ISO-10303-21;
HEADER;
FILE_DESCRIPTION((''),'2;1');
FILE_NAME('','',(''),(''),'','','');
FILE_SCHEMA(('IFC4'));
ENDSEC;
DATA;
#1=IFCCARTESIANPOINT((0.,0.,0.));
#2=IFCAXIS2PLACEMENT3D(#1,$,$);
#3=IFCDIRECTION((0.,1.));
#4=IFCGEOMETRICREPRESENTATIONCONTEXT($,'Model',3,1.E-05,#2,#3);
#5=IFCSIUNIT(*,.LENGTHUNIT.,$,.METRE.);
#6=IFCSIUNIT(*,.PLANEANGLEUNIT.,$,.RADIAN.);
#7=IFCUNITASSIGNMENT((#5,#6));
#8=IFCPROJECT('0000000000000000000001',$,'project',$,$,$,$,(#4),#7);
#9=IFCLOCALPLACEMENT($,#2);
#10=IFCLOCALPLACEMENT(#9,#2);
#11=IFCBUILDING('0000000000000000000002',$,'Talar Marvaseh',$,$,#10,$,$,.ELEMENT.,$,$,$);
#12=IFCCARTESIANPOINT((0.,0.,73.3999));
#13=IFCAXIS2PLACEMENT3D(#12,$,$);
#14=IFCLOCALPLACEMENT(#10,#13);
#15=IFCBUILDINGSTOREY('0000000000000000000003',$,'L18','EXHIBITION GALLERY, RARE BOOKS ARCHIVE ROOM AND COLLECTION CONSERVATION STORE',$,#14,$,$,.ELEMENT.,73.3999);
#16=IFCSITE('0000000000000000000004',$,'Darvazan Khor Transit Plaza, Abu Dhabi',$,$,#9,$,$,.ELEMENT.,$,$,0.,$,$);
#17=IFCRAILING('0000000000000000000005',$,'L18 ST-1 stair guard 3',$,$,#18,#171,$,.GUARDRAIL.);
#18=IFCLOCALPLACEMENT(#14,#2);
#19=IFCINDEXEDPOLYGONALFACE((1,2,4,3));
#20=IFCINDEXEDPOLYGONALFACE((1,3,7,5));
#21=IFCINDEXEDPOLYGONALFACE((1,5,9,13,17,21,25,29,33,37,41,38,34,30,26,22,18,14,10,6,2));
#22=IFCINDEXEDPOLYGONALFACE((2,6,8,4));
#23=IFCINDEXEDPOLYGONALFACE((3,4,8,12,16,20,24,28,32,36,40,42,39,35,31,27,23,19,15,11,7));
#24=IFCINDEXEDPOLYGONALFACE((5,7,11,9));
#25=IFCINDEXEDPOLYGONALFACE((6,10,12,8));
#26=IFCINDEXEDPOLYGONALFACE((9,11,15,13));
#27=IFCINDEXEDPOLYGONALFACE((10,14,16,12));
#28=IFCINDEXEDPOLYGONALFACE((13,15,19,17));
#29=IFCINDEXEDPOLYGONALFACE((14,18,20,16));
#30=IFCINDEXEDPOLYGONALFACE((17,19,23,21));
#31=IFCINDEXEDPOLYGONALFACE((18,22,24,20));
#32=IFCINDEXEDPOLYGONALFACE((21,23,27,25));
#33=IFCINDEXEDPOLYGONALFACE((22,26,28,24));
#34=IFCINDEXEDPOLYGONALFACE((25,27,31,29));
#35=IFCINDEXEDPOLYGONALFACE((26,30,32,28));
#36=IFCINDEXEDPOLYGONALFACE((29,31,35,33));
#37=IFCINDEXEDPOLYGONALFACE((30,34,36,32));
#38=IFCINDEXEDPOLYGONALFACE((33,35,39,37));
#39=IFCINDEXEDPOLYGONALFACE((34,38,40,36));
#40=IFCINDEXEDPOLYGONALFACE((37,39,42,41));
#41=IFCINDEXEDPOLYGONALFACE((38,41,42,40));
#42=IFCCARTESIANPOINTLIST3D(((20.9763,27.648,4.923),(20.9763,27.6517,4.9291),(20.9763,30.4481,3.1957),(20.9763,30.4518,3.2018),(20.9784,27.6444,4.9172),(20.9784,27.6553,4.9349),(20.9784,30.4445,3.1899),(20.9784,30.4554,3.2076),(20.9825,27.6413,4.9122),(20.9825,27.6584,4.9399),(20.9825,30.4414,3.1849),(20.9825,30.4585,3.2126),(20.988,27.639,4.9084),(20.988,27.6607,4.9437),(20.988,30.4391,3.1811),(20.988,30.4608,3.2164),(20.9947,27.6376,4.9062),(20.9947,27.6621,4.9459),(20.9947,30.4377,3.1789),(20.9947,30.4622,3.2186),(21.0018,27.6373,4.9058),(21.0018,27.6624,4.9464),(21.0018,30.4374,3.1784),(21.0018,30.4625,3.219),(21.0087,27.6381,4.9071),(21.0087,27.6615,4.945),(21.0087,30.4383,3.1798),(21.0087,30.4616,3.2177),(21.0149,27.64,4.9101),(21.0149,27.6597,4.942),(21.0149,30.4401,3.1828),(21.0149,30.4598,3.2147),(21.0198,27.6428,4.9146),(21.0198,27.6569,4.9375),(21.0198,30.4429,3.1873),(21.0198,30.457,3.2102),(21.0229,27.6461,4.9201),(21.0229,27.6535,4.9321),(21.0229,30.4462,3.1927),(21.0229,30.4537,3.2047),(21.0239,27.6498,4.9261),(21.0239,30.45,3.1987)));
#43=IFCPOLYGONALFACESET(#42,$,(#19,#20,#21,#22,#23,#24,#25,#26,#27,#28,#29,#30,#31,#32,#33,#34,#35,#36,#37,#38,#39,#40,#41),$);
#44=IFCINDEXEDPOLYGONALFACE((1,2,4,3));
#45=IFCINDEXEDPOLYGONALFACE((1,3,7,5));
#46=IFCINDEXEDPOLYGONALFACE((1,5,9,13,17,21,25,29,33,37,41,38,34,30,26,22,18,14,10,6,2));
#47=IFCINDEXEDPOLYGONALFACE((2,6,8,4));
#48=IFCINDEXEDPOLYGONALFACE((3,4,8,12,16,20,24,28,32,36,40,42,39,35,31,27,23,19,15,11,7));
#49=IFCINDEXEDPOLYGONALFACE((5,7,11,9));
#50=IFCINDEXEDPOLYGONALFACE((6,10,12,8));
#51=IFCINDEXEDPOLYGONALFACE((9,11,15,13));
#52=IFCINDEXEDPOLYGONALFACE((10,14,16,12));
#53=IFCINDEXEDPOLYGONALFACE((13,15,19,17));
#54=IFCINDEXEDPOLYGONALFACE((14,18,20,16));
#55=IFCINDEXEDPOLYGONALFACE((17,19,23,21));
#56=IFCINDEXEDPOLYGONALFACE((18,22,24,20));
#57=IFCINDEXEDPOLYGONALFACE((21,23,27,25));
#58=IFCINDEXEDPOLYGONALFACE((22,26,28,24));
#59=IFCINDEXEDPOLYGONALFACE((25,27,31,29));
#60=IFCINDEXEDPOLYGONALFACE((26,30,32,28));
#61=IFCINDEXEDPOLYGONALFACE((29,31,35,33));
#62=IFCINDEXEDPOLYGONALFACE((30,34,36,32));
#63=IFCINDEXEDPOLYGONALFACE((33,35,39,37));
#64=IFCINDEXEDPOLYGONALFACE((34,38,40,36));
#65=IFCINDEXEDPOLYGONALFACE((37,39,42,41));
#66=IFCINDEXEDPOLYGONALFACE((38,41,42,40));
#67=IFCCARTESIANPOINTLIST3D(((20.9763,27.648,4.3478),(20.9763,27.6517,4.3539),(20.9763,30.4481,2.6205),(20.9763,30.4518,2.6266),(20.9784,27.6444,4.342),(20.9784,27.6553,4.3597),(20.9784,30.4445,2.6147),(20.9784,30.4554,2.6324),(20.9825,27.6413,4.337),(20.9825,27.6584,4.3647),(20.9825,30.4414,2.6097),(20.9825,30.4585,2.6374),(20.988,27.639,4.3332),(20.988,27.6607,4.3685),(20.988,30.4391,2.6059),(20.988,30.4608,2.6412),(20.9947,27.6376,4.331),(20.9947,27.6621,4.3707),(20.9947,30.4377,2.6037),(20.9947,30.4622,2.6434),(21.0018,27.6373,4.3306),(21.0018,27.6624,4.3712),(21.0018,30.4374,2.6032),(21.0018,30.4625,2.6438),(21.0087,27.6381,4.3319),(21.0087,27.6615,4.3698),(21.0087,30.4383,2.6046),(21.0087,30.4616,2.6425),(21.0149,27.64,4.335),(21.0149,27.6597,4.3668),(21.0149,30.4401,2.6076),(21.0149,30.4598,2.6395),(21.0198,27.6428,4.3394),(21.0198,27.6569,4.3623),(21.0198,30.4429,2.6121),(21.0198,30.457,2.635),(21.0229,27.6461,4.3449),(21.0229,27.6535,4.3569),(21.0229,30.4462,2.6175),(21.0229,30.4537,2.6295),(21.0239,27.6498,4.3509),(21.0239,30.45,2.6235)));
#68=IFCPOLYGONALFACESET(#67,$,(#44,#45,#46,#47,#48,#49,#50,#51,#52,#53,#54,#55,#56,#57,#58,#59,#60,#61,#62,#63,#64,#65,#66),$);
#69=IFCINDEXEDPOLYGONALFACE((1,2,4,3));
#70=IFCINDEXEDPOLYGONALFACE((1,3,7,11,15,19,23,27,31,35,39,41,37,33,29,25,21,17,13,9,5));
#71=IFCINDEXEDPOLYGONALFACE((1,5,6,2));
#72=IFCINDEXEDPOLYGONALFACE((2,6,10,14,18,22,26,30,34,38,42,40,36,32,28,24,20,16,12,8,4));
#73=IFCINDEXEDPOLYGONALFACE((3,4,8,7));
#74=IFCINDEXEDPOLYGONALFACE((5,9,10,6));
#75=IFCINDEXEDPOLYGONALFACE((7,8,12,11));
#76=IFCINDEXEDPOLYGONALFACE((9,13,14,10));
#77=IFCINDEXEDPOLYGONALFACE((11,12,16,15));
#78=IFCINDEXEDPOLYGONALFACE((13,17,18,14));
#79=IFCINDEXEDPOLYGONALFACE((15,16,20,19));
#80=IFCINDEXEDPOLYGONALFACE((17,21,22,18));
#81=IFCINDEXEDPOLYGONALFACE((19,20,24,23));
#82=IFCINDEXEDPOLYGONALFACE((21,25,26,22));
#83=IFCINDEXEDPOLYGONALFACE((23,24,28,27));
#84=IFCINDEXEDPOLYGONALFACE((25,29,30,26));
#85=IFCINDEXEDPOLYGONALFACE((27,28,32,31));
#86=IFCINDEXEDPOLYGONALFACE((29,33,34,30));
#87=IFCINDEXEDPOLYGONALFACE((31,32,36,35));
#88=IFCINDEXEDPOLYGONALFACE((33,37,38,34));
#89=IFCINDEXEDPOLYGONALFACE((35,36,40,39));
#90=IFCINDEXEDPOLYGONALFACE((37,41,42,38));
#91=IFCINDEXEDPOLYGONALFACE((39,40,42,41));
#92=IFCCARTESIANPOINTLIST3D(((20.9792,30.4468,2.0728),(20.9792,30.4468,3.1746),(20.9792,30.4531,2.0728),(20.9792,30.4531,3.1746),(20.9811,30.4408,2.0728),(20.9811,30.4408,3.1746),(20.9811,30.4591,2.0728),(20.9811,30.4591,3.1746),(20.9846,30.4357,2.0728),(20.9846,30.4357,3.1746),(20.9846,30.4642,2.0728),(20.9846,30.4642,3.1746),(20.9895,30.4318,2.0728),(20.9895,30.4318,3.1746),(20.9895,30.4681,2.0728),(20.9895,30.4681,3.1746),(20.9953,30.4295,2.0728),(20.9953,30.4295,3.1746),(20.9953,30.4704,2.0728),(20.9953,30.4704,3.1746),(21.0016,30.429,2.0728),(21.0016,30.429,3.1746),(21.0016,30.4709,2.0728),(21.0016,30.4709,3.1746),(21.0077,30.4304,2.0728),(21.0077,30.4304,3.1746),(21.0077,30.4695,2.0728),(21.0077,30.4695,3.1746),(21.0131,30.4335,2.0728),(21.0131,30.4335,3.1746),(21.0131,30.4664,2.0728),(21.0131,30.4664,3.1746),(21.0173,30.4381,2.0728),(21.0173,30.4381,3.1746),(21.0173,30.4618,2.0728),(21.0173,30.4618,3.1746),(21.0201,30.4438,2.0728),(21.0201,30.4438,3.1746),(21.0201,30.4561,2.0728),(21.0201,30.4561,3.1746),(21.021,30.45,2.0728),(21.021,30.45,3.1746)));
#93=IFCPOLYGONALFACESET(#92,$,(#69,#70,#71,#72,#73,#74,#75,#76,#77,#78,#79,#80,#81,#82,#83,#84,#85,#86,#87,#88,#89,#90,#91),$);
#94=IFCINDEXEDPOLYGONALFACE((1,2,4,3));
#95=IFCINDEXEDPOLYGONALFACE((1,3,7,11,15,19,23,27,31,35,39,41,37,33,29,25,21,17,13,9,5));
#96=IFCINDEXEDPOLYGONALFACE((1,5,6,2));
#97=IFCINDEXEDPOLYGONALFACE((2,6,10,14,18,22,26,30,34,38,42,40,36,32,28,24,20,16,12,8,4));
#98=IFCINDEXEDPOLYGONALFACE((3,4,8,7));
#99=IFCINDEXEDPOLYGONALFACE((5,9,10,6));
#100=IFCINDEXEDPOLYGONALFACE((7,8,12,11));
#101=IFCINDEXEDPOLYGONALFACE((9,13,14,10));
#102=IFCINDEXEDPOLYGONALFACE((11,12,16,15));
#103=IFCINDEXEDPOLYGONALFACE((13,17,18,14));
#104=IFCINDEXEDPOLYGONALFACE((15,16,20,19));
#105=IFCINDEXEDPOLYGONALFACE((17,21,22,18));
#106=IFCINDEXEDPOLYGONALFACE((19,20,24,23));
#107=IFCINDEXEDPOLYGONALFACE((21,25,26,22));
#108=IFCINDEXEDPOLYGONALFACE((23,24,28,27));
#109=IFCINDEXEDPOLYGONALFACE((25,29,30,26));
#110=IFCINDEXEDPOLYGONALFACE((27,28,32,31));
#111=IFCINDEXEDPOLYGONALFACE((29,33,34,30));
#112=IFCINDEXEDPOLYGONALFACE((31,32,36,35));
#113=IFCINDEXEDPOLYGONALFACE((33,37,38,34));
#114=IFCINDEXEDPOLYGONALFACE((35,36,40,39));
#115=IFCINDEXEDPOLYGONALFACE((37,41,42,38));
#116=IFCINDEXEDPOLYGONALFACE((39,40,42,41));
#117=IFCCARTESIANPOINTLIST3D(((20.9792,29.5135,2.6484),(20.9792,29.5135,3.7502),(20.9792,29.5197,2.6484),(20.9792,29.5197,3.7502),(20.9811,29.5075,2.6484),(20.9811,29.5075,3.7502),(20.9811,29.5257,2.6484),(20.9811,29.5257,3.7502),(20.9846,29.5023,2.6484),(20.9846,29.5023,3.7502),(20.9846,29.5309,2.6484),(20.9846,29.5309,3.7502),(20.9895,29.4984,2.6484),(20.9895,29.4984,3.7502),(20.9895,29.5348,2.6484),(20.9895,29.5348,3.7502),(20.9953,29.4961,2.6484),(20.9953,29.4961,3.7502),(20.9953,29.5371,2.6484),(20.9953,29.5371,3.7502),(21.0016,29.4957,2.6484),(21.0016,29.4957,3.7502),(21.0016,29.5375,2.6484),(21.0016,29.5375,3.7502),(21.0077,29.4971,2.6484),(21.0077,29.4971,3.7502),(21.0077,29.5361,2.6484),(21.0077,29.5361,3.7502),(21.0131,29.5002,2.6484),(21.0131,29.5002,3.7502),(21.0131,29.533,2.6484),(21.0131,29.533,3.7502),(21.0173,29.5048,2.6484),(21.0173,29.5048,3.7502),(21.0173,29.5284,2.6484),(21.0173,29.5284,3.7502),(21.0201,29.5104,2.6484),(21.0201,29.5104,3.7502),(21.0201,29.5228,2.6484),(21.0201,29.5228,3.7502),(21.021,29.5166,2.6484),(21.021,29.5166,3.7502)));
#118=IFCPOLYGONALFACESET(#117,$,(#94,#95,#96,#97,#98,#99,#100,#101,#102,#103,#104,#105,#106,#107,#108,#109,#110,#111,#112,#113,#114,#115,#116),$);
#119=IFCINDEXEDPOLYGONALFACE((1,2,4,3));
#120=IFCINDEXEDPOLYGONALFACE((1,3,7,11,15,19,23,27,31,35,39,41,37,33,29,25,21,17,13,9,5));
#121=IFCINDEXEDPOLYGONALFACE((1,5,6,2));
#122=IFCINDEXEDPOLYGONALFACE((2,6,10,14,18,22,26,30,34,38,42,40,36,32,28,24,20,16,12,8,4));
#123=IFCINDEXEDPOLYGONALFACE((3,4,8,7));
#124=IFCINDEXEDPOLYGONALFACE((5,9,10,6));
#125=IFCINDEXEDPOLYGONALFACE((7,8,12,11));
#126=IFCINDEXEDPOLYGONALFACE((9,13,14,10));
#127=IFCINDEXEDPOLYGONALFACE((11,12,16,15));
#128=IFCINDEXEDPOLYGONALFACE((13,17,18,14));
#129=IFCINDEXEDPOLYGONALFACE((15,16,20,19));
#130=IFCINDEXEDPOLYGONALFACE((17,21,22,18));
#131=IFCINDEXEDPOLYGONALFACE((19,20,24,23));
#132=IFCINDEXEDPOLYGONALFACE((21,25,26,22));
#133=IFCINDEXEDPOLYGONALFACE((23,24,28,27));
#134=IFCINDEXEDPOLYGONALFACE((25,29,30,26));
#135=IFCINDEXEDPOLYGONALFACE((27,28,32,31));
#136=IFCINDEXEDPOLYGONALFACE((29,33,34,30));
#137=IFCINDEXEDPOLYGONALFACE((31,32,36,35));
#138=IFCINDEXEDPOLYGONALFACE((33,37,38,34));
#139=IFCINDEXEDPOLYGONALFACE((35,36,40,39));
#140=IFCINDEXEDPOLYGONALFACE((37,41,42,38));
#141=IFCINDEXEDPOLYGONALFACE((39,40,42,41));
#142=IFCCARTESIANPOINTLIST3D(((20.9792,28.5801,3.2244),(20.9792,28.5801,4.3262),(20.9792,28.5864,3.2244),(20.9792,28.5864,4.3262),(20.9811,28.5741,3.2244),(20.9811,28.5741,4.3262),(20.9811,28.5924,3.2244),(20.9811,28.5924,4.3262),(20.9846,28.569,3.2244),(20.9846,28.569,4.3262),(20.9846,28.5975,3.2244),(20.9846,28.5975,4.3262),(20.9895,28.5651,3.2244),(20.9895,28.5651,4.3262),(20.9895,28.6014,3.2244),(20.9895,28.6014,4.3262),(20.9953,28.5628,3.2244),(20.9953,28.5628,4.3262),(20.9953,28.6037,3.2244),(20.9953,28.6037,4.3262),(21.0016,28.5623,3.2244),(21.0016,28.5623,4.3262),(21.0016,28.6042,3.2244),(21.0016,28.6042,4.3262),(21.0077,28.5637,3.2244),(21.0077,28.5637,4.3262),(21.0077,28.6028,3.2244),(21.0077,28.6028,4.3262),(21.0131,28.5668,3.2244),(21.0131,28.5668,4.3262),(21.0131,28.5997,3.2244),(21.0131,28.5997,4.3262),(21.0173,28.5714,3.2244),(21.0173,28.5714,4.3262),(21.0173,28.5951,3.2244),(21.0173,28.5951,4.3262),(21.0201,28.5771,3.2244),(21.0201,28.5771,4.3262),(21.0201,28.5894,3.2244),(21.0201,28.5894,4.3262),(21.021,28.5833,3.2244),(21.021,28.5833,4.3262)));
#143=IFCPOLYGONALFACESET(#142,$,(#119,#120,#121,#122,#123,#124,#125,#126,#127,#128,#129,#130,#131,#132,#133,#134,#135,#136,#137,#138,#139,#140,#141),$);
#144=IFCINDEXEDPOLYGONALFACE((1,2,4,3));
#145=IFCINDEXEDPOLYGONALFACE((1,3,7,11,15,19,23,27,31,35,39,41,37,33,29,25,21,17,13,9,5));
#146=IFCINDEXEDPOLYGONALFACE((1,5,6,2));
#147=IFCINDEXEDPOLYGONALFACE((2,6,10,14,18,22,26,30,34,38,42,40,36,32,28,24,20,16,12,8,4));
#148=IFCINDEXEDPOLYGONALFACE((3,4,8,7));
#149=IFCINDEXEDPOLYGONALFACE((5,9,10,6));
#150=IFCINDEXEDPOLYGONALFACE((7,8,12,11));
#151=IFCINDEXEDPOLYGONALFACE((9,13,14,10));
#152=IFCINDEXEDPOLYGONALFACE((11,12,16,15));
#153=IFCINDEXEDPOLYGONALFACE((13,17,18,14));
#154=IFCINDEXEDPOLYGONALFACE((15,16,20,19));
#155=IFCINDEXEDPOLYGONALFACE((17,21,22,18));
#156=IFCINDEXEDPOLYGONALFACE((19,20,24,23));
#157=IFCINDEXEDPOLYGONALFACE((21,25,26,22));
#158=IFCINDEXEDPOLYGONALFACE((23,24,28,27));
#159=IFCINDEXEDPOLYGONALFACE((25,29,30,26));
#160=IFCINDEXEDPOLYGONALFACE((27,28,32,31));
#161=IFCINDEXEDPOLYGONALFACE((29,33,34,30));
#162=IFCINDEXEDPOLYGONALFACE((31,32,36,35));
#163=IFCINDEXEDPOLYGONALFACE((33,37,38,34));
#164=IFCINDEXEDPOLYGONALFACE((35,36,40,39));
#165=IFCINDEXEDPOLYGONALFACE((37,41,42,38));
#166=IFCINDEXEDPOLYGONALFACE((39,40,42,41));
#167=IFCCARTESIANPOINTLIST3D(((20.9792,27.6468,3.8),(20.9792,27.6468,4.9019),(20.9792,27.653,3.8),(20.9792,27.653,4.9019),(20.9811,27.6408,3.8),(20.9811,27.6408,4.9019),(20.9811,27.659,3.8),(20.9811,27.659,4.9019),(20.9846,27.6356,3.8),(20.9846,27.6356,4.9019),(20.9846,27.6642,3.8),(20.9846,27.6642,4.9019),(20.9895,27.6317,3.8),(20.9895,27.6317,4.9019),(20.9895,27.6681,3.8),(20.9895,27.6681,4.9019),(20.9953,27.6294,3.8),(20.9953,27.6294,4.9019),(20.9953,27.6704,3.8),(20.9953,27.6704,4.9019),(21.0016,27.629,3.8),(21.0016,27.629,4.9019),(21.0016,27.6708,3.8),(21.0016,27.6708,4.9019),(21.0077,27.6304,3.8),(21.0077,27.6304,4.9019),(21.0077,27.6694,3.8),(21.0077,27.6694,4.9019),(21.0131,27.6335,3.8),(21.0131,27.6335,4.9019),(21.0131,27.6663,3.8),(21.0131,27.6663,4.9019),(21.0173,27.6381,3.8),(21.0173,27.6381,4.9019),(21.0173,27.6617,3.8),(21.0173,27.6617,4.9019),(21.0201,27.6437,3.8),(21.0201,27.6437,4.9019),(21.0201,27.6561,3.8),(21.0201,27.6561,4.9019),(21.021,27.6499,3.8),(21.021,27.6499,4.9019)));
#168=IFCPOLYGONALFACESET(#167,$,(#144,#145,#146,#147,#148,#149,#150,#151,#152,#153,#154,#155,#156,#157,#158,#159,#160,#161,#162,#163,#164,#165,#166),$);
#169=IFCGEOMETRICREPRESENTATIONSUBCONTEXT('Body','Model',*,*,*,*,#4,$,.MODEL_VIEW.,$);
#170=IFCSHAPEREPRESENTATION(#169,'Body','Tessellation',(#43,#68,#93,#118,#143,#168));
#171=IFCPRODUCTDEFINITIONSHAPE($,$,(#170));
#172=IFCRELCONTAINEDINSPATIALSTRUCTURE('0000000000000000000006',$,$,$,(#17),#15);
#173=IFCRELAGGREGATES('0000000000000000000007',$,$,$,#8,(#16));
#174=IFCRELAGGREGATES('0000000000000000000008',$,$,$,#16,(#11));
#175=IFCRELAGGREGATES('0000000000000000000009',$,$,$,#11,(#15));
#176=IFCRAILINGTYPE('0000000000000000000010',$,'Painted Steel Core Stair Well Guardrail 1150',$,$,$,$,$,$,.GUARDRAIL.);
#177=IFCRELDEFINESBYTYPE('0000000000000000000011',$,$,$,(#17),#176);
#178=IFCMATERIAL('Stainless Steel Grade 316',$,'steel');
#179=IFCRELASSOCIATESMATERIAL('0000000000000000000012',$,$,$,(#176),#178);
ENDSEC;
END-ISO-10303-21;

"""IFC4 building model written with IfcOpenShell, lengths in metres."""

from ifc_helpers import new_model, si_unit, direction, frame, origin, origin_2d, place, context, subcontext, project, spatial, circle, extrude, material, type_object, element, save


model = new_model("IFC4")

# Units and contexts
model_context = context("Model", 3, precision=1e-05, world=origin(), true_north=direction((0.0, 1.0)))
body_context = subcontext(model_context, "Body", "Model", "MODEL_VIEW")
ifc_project = project(units=[si_unit("LENGTHUNIT", "METRE"), si_unit("PLANEANGLEUNIT", "RADIAN")], contexts=[model_context])

# Site, building, storey
site_placement = place(None, origin())
site = spatial("IfcSite", under=ifc_project, at=site_placement, Name="Darvazan Khor Transit Plaza, Abu Dhabi", CompositionType="ELEMENT", RefElevation=0.0)
building_placement = place(site_placement, origin())
building = spatial("IfcBuilding", under=site, at=building_placement, Name="Talar Marvaseh", CompositionType="ELEMENT")
storey_placement = place(building_placement, frame((0.0, 0.0, 73.3999)))
storey = spatial("IfcBuildingStorey", under=building, at=storey_placement, Name="L18", Description="EXHIBITION GALLERY, RARE BOOKS ARCHIVE ROOM AND COLLECTION CONSERVATION STORE", CompositionType="ELEMENT", Elevation=73.3999)

# Railing
ifc_material_1 = material(Name="Stainless Steel Grade 316", Category="steel")
railing_type_1 = type_object("IfcRailingType", Name="Painted Steel Core Stair Well Guardrail 1150", PredefinedType="GUARDRAIL", material=ifc_material_1)
railing_1_placement = place(storey_placement, frame((21.0, 30.45, 2.0728)))
element("IfcRailing", 1, at=railing_1_placement, inside=storey, type_object=railing_type_1, Name="L18 ST-1 stair guard 3", PredefinedType="GUARDRAIL", context=body_context, shape_type="SweptSolid", body=[
    extrude(circle(Radius=0.0239, at=origin_2d()), frame((0.0, 0.0, 1.126), z_axis=(0.0, -0.85109, 0.52502), x_axis=(1.0, 0.0, 0.0)), (0.0, 0.0, 1.0), 3.29),
    extrude(circle(Radius=0.0239, at=origin_2d()), frame((0.0, 0.0, 0.5508), z_axis=(0.0, -0.85109, 0.52502), x_axis=(1.0, 0.0, 0.0)), (0.0, 0.0, 1.0), 3.29),
    extrude(circle(Radius=0.021, at=origin_2d()), origin(), (0.0, 0.0, 1.0), 1.1018),
    extrude(circle(Radius=0.021, at=origin_2d()), frame((0.0, -0.9333, 0.5757)), (0.0, 0.0, 1.0), 1.1018),
    extrude(circle(Radius=0.021, at=origin_2d()), frame((0.0, -1.8667, 1.1516)), (0.0, 0.0, 1.0), 1.1018),
    extrude(circle(Radius=0.021, at=origin_2d()), frame((0.0, -2.8, 1.7273)), (0.0, 0.0, 1.0), 1.1018),
])

save(model, "model.ifc")
